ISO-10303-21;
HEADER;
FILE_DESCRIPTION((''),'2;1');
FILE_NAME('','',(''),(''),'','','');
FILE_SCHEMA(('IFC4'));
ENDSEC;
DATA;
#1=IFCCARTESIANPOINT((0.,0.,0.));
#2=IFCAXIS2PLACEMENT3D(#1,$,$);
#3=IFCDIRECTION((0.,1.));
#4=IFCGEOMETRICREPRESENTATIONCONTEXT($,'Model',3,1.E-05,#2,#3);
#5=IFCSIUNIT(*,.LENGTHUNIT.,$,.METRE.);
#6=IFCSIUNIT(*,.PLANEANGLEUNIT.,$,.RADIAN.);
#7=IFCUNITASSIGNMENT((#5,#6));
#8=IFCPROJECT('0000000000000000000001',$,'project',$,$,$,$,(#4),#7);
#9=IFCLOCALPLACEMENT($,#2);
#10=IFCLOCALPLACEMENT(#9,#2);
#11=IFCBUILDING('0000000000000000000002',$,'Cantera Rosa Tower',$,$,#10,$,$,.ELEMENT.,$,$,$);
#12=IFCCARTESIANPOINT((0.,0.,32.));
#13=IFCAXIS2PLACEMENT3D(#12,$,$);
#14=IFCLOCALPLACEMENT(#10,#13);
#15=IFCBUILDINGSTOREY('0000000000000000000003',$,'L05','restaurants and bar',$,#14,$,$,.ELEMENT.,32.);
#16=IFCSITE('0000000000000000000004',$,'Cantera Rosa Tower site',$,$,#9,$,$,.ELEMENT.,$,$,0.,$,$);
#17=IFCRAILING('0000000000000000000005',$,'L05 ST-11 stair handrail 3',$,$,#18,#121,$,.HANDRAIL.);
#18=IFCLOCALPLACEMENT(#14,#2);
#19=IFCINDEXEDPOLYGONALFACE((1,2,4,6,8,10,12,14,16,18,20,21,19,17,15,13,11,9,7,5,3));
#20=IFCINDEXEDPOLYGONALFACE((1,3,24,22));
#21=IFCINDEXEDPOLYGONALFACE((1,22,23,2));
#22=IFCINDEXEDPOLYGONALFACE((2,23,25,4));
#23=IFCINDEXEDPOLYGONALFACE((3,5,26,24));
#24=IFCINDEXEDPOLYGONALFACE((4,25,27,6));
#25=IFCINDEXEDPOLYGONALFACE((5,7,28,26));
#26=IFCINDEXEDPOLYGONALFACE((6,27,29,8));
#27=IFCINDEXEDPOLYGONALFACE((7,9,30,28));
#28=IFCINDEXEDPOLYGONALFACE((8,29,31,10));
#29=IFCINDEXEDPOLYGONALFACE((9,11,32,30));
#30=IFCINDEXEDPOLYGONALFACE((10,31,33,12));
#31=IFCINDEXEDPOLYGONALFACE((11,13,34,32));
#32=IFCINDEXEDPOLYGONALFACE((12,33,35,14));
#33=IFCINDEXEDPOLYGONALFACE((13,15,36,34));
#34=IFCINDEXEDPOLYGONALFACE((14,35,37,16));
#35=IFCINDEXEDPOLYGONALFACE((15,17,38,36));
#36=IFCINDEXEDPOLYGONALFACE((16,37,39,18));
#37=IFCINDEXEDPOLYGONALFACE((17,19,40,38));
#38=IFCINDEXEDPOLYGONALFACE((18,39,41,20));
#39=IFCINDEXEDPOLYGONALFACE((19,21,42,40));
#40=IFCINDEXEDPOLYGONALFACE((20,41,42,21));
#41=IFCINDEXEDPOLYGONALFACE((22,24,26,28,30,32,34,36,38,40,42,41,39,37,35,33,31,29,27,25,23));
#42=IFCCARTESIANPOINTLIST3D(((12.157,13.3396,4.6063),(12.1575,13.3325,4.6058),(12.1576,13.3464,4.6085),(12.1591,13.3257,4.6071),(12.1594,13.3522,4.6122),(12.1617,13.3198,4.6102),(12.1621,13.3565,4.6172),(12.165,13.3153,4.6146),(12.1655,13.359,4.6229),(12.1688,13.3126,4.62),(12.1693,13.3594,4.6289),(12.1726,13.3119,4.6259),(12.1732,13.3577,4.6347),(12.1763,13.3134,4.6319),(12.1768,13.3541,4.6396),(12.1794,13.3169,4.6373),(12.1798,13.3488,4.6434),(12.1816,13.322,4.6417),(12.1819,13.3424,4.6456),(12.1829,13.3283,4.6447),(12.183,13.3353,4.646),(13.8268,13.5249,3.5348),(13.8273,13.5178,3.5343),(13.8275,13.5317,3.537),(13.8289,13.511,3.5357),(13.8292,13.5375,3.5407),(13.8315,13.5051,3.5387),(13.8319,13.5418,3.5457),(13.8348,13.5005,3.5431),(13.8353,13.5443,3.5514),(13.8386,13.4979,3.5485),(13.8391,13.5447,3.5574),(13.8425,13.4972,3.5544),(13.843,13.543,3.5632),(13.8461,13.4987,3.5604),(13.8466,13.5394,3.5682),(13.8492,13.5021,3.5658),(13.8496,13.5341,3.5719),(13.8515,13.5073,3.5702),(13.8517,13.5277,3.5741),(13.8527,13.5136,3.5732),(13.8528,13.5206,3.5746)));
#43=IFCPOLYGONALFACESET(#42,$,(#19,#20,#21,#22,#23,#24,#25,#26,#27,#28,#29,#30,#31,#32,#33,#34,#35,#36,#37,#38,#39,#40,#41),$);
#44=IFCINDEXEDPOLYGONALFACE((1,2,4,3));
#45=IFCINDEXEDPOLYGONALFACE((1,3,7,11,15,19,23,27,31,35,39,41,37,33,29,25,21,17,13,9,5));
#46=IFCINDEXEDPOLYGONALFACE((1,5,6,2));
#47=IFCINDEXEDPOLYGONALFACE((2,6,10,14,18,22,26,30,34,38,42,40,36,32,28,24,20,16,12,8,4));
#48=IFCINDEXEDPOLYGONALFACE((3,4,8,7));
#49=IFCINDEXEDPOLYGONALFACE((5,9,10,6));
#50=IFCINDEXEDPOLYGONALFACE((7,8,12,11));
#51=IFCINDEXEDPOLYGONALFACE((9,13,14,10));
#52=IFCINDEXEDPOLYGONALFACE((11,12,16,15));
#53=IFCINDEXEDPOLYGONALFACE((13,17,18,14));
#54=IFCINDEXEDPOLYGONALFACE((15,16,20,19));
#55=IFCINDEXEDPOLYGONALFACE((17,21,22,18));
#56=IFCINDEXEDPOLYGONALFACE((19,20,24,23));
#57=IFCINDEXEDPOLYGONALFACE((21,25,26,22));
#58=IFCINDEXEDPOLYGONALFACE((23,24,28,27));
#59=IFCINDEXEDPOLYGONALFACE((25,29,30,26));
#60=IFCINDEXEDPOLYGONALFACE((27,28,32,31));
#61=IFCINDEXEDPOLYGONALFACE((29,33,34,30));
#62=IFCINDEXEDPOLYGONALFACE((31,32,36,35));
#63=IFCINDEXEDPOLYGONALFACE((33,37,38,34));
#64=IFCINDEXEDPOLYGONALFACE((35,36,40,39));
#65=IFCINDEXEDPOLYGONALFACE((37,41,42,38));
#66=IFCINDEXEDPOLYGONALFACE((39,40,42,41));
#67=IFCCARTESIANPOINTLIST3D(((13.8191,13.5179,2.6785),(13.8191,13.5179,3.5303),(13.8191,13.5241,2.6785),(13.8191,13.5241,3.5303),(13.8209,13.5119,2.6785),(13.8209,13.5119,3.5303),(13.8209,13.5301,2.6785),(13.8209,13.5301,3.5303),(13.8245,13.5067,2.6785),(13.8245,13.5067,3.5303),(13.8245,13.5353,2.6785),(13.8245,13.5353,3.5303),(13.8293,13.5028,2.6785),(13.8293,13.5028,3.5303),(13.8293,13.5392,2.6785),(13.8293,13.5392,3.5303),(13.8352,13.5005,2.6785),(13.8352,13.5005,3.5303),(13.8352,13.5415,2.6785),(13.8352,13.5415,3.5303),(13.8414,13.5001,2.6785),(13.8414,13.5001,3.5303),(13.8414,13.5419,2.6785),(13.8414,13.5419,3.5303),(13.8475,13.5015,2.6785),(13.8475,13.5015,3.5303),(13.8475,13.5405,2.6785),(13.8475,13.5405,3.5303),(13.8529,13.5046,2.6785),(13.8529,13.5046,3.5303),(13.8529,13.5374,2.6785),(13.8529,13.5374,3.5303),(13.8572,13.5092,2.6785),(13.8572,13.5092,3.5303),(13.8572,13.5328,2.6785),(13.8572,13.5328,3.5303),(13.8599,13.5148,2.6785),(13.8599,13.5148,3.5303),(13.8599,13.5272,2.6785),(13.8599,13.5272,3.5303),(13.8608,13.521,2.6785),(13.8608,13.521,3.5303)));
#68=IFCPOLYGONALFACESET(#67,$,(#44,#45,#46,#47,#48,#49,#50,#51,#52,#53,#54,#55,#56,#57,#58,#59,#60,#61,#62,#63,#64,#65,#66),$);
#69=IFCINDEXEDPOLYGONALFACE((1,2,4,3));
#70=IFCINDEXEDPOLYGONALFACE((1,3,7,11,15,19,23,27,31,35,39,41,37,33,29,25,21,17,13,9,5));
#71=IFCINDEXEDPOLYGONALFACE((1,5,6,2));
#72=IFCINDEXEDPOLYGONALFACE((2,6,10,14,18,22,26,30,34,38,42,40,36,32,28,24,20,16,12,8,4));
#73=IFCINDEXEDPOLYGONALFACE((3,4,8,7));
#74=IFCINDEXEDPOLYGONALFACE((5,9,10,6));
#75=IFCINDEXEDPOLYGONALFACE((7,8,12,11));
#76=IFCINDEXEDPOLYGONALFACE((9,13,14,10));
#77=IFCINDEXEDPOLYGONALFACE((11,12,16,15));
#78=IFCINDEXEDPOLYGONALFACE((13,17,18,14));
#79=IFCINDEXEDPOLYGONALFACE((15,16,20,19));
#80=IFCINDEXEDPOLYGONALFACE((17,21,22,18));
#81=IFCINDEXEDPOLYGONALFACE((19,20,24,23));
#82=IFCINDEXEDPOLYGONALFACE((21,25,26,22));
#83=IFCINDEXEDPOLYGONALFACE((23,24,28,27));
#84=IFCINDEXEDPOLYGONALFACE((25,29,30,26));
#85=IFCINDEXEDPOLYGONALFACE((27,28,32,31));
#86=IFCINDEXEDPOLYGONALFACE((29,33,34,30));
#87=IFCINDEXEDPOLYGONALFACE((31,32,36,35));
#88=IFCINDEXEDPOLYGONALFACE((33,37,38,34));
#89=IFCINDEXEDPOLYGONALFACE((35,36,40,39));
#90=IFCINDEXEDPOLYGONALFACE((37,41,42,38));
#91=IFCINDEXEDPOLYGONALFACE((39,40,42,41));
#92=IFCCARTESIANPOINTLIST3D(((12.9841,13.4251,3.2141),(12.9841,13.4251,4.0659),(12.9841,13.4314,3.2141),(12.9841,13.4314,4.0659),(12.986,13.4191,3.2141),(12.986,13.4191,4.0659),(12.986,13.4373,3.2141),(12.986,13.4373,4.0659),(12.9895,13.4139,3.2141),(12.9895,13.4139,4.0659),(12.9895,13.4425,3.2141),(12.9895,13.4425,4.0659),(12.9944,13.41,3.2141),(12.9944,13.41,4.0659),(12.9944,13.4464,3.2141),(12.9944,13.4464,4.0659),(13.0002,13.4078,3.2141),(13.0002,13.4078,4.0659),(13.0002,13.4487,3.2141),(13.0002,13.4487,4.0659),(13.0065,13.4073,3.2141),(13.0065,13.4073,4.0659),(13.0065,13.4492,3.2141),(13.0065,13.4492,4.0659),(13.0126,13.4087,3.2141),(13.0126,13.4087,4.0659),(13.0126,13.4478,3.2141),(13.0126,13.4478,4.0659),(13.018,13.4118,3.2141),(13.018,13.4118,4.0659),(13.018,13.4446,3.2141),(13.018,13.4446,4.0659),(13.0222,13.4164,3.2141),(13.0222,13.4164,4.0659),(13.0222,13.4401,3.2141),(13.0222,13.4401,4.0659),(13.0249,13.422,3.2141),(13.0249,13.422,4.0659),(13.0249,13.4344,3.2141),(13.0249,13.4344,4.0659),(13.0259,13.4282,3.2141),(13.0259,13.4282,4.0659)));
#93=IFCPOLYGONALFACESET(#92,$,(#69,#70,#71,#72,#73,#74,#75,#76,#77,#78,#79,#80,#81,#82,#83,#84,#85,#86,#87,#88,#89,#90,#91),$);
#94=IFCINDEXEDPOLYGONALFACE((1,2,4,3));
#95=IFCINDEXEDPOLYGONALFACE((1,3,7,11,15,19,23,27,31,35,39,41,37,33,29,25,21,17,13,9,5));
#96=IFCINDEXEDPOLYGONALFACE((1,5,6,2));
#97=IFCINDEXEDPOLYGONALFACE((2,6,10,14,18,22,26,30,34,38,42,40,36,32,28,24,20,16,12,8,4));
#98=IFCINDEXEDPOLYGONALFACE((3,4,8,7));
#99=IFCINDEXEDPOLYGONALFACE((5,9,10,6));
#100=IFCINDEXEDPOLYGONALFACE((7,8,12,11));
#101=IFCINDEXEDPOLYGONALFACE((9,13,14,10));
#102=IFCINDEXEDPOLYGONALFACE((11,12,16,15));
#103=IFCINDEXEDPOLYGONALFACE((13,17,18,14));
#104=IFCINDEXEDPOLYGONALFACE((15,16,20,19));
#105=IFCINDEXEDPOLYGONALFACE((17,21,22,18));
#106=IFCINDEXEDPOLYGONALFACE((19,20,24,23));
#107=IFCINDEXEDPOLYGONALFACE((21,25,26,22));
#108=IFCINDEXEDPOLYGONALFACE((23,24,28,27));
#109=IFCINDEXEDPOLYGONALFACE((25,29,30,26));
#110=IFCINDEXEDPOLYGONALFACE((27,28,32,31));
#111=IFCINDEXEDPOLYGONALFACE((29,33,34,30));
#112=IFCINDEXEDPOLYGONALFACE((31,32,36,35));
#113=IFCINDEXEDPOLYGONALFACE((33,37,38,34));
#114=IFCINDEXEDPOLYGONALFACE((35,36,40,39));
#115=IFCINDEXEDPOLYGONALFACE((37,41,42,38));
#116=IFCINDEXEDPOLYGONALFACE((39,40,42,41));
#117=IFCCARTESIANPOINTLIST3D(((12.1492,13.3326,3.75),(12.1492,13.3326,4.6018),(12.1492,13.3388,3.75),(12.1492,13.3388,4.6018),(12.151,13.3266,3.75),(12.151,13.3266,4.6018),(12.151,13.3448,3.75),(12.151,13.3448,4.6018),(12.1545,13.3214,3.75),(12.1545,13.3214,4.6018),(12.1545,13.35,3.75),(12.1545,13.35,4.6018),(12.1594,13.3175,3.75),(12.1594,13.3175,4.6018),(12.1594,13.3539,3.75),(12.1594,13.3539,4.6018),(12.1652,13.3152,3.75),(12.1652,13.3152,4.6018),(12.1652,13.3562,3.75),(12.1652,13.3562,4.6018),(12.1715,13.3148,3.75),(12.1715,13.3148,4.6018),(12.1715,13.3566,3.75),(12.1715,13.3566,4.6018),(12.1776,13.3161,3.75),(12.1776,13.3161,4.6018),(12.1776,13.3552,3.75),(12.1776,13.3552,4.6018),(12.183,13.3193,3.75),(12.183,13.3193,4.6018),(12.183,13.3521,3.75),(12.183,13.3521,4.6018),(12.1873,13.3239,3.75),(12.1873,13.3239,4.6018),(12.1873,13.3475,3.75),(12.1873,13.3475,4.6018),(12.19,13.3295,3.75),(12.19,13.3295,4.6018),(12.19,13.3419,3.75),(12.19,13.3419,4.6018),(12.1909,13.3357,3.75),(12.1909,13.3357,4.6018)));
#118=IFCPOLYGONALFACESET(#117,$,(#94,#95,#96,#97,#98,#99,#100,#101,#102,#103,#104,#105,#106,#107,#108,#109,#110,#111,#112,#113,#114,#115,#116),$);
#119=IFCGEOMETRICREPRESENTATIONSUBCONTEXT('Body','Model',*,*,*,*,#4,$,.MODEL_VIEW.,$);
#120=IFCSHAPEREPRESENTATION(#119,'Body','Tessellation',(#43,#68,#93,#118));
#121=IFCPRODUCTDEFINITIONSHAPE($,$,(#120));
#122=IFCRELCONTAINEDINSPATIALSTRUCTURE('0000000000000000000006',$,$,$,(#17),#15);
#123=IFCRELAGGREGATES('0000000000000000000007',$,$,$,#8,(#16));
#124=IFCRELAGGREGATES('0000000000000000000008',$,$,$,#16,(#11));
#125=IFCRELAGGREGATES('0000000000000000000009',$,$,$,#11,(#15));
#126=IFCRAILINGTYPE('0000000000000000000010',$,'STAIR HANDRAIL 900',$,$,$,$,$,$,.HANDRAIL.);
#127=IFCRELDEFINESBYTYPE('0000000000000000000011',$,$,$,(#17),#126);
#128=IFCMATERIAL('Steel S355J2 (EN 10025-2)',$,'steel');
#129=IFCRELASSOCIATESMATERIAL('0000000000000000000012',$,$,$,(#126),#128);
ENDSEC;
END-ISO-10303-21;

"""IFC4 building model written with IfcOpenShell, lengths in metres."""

from ifc_helpers import new_model, si_unit, direction, frame, origin, origin_2d, place, context, subcontext, project, spatial, circle, extrude, material, type_object, element, save


model = new_model("IFC4")

# Units and contexts
model_context = context("Model", 3, precision=1e-05, world=origin(), true_north=direction((0.0, 1.0)))
body_context = subcontext(model_context, "Body", "Model", "MODEL_VIEW")
ifc_project = project(units=[si_unit("LENGTHUNIT", "METRE"), si_unit("PLANEANGLEUNIT", "RADIAN")], contexts=[model_context])

# Site, building, storey
site_placement = place(None, origin())
site = spatial("IfcSite", under=ifc_project, at=site_placement, Name="Cantera Rosa Tower site", CompositionType="ELEMENT", RefElevation=0.0)
building_placement = place(site_placement, origin())
building = spatial("IfcBuilding", under=site, at=building_placement, Name="Cantera Rosa Tower", CompositionType="ELEMENT")
storey_placement = place(building_placement, frame((0.0, 0.0, 32.0)))
storey = spatial("IfcBuildingStorey", under=building, at=storey_placement, Name="L05", Description="restaurants and bar", CompositionType="ELEMENT", Elevation=32.0)

# Railing
ifc_material_1 = material(Name="Steel S355J2 (EN 10025-2)", Category="steel")
railing_type_1 = type_object("IfcRailingType", Name="STAIR HANDRAIL 900", PredefinedType="HANDRAIL", material=ifc_material_1)
railing_1_placement = place(storey_placement, frame((13.8398, 13.521, 2.6785)))
element("IfcRailing", 1, at=railing_1_placement, inside=storey, type_object=railing_type_1, Name="L05 ST-11 stair handrail 3", PredefinedType="HANDRAIL", context=body_context, shape_type="SweptSolid", body=[
    extrude(circle(Radius=0.0239, at=origin_2d()), frame((0.0, 0.0, 0.876), z_axis=(-0.837987, -0.092987, 0.537709), x_axis=(0.110288, -0.9939, 0.0)), (0.0, 0.0, 1.0), 1.9927),
    extrude(circle(Radius=0.021, at=origin_2d()), origin(), (0.0, 0.0, 1.0), 0.8518),
    extrude(circle(Radius=0.021, at=origin_2d()), frame((-0.835, -0.0928, 0.5356)), (0.0, 0.0, 1.0), 0.8518),
    extrude(circle(Radius=0.021, at=origin_2d()), frame((-1.6699, -0.1853, 1.0715)), (0.0, 0.0, 1.0), 0.8518),
])

save(model, "model.ifc")
